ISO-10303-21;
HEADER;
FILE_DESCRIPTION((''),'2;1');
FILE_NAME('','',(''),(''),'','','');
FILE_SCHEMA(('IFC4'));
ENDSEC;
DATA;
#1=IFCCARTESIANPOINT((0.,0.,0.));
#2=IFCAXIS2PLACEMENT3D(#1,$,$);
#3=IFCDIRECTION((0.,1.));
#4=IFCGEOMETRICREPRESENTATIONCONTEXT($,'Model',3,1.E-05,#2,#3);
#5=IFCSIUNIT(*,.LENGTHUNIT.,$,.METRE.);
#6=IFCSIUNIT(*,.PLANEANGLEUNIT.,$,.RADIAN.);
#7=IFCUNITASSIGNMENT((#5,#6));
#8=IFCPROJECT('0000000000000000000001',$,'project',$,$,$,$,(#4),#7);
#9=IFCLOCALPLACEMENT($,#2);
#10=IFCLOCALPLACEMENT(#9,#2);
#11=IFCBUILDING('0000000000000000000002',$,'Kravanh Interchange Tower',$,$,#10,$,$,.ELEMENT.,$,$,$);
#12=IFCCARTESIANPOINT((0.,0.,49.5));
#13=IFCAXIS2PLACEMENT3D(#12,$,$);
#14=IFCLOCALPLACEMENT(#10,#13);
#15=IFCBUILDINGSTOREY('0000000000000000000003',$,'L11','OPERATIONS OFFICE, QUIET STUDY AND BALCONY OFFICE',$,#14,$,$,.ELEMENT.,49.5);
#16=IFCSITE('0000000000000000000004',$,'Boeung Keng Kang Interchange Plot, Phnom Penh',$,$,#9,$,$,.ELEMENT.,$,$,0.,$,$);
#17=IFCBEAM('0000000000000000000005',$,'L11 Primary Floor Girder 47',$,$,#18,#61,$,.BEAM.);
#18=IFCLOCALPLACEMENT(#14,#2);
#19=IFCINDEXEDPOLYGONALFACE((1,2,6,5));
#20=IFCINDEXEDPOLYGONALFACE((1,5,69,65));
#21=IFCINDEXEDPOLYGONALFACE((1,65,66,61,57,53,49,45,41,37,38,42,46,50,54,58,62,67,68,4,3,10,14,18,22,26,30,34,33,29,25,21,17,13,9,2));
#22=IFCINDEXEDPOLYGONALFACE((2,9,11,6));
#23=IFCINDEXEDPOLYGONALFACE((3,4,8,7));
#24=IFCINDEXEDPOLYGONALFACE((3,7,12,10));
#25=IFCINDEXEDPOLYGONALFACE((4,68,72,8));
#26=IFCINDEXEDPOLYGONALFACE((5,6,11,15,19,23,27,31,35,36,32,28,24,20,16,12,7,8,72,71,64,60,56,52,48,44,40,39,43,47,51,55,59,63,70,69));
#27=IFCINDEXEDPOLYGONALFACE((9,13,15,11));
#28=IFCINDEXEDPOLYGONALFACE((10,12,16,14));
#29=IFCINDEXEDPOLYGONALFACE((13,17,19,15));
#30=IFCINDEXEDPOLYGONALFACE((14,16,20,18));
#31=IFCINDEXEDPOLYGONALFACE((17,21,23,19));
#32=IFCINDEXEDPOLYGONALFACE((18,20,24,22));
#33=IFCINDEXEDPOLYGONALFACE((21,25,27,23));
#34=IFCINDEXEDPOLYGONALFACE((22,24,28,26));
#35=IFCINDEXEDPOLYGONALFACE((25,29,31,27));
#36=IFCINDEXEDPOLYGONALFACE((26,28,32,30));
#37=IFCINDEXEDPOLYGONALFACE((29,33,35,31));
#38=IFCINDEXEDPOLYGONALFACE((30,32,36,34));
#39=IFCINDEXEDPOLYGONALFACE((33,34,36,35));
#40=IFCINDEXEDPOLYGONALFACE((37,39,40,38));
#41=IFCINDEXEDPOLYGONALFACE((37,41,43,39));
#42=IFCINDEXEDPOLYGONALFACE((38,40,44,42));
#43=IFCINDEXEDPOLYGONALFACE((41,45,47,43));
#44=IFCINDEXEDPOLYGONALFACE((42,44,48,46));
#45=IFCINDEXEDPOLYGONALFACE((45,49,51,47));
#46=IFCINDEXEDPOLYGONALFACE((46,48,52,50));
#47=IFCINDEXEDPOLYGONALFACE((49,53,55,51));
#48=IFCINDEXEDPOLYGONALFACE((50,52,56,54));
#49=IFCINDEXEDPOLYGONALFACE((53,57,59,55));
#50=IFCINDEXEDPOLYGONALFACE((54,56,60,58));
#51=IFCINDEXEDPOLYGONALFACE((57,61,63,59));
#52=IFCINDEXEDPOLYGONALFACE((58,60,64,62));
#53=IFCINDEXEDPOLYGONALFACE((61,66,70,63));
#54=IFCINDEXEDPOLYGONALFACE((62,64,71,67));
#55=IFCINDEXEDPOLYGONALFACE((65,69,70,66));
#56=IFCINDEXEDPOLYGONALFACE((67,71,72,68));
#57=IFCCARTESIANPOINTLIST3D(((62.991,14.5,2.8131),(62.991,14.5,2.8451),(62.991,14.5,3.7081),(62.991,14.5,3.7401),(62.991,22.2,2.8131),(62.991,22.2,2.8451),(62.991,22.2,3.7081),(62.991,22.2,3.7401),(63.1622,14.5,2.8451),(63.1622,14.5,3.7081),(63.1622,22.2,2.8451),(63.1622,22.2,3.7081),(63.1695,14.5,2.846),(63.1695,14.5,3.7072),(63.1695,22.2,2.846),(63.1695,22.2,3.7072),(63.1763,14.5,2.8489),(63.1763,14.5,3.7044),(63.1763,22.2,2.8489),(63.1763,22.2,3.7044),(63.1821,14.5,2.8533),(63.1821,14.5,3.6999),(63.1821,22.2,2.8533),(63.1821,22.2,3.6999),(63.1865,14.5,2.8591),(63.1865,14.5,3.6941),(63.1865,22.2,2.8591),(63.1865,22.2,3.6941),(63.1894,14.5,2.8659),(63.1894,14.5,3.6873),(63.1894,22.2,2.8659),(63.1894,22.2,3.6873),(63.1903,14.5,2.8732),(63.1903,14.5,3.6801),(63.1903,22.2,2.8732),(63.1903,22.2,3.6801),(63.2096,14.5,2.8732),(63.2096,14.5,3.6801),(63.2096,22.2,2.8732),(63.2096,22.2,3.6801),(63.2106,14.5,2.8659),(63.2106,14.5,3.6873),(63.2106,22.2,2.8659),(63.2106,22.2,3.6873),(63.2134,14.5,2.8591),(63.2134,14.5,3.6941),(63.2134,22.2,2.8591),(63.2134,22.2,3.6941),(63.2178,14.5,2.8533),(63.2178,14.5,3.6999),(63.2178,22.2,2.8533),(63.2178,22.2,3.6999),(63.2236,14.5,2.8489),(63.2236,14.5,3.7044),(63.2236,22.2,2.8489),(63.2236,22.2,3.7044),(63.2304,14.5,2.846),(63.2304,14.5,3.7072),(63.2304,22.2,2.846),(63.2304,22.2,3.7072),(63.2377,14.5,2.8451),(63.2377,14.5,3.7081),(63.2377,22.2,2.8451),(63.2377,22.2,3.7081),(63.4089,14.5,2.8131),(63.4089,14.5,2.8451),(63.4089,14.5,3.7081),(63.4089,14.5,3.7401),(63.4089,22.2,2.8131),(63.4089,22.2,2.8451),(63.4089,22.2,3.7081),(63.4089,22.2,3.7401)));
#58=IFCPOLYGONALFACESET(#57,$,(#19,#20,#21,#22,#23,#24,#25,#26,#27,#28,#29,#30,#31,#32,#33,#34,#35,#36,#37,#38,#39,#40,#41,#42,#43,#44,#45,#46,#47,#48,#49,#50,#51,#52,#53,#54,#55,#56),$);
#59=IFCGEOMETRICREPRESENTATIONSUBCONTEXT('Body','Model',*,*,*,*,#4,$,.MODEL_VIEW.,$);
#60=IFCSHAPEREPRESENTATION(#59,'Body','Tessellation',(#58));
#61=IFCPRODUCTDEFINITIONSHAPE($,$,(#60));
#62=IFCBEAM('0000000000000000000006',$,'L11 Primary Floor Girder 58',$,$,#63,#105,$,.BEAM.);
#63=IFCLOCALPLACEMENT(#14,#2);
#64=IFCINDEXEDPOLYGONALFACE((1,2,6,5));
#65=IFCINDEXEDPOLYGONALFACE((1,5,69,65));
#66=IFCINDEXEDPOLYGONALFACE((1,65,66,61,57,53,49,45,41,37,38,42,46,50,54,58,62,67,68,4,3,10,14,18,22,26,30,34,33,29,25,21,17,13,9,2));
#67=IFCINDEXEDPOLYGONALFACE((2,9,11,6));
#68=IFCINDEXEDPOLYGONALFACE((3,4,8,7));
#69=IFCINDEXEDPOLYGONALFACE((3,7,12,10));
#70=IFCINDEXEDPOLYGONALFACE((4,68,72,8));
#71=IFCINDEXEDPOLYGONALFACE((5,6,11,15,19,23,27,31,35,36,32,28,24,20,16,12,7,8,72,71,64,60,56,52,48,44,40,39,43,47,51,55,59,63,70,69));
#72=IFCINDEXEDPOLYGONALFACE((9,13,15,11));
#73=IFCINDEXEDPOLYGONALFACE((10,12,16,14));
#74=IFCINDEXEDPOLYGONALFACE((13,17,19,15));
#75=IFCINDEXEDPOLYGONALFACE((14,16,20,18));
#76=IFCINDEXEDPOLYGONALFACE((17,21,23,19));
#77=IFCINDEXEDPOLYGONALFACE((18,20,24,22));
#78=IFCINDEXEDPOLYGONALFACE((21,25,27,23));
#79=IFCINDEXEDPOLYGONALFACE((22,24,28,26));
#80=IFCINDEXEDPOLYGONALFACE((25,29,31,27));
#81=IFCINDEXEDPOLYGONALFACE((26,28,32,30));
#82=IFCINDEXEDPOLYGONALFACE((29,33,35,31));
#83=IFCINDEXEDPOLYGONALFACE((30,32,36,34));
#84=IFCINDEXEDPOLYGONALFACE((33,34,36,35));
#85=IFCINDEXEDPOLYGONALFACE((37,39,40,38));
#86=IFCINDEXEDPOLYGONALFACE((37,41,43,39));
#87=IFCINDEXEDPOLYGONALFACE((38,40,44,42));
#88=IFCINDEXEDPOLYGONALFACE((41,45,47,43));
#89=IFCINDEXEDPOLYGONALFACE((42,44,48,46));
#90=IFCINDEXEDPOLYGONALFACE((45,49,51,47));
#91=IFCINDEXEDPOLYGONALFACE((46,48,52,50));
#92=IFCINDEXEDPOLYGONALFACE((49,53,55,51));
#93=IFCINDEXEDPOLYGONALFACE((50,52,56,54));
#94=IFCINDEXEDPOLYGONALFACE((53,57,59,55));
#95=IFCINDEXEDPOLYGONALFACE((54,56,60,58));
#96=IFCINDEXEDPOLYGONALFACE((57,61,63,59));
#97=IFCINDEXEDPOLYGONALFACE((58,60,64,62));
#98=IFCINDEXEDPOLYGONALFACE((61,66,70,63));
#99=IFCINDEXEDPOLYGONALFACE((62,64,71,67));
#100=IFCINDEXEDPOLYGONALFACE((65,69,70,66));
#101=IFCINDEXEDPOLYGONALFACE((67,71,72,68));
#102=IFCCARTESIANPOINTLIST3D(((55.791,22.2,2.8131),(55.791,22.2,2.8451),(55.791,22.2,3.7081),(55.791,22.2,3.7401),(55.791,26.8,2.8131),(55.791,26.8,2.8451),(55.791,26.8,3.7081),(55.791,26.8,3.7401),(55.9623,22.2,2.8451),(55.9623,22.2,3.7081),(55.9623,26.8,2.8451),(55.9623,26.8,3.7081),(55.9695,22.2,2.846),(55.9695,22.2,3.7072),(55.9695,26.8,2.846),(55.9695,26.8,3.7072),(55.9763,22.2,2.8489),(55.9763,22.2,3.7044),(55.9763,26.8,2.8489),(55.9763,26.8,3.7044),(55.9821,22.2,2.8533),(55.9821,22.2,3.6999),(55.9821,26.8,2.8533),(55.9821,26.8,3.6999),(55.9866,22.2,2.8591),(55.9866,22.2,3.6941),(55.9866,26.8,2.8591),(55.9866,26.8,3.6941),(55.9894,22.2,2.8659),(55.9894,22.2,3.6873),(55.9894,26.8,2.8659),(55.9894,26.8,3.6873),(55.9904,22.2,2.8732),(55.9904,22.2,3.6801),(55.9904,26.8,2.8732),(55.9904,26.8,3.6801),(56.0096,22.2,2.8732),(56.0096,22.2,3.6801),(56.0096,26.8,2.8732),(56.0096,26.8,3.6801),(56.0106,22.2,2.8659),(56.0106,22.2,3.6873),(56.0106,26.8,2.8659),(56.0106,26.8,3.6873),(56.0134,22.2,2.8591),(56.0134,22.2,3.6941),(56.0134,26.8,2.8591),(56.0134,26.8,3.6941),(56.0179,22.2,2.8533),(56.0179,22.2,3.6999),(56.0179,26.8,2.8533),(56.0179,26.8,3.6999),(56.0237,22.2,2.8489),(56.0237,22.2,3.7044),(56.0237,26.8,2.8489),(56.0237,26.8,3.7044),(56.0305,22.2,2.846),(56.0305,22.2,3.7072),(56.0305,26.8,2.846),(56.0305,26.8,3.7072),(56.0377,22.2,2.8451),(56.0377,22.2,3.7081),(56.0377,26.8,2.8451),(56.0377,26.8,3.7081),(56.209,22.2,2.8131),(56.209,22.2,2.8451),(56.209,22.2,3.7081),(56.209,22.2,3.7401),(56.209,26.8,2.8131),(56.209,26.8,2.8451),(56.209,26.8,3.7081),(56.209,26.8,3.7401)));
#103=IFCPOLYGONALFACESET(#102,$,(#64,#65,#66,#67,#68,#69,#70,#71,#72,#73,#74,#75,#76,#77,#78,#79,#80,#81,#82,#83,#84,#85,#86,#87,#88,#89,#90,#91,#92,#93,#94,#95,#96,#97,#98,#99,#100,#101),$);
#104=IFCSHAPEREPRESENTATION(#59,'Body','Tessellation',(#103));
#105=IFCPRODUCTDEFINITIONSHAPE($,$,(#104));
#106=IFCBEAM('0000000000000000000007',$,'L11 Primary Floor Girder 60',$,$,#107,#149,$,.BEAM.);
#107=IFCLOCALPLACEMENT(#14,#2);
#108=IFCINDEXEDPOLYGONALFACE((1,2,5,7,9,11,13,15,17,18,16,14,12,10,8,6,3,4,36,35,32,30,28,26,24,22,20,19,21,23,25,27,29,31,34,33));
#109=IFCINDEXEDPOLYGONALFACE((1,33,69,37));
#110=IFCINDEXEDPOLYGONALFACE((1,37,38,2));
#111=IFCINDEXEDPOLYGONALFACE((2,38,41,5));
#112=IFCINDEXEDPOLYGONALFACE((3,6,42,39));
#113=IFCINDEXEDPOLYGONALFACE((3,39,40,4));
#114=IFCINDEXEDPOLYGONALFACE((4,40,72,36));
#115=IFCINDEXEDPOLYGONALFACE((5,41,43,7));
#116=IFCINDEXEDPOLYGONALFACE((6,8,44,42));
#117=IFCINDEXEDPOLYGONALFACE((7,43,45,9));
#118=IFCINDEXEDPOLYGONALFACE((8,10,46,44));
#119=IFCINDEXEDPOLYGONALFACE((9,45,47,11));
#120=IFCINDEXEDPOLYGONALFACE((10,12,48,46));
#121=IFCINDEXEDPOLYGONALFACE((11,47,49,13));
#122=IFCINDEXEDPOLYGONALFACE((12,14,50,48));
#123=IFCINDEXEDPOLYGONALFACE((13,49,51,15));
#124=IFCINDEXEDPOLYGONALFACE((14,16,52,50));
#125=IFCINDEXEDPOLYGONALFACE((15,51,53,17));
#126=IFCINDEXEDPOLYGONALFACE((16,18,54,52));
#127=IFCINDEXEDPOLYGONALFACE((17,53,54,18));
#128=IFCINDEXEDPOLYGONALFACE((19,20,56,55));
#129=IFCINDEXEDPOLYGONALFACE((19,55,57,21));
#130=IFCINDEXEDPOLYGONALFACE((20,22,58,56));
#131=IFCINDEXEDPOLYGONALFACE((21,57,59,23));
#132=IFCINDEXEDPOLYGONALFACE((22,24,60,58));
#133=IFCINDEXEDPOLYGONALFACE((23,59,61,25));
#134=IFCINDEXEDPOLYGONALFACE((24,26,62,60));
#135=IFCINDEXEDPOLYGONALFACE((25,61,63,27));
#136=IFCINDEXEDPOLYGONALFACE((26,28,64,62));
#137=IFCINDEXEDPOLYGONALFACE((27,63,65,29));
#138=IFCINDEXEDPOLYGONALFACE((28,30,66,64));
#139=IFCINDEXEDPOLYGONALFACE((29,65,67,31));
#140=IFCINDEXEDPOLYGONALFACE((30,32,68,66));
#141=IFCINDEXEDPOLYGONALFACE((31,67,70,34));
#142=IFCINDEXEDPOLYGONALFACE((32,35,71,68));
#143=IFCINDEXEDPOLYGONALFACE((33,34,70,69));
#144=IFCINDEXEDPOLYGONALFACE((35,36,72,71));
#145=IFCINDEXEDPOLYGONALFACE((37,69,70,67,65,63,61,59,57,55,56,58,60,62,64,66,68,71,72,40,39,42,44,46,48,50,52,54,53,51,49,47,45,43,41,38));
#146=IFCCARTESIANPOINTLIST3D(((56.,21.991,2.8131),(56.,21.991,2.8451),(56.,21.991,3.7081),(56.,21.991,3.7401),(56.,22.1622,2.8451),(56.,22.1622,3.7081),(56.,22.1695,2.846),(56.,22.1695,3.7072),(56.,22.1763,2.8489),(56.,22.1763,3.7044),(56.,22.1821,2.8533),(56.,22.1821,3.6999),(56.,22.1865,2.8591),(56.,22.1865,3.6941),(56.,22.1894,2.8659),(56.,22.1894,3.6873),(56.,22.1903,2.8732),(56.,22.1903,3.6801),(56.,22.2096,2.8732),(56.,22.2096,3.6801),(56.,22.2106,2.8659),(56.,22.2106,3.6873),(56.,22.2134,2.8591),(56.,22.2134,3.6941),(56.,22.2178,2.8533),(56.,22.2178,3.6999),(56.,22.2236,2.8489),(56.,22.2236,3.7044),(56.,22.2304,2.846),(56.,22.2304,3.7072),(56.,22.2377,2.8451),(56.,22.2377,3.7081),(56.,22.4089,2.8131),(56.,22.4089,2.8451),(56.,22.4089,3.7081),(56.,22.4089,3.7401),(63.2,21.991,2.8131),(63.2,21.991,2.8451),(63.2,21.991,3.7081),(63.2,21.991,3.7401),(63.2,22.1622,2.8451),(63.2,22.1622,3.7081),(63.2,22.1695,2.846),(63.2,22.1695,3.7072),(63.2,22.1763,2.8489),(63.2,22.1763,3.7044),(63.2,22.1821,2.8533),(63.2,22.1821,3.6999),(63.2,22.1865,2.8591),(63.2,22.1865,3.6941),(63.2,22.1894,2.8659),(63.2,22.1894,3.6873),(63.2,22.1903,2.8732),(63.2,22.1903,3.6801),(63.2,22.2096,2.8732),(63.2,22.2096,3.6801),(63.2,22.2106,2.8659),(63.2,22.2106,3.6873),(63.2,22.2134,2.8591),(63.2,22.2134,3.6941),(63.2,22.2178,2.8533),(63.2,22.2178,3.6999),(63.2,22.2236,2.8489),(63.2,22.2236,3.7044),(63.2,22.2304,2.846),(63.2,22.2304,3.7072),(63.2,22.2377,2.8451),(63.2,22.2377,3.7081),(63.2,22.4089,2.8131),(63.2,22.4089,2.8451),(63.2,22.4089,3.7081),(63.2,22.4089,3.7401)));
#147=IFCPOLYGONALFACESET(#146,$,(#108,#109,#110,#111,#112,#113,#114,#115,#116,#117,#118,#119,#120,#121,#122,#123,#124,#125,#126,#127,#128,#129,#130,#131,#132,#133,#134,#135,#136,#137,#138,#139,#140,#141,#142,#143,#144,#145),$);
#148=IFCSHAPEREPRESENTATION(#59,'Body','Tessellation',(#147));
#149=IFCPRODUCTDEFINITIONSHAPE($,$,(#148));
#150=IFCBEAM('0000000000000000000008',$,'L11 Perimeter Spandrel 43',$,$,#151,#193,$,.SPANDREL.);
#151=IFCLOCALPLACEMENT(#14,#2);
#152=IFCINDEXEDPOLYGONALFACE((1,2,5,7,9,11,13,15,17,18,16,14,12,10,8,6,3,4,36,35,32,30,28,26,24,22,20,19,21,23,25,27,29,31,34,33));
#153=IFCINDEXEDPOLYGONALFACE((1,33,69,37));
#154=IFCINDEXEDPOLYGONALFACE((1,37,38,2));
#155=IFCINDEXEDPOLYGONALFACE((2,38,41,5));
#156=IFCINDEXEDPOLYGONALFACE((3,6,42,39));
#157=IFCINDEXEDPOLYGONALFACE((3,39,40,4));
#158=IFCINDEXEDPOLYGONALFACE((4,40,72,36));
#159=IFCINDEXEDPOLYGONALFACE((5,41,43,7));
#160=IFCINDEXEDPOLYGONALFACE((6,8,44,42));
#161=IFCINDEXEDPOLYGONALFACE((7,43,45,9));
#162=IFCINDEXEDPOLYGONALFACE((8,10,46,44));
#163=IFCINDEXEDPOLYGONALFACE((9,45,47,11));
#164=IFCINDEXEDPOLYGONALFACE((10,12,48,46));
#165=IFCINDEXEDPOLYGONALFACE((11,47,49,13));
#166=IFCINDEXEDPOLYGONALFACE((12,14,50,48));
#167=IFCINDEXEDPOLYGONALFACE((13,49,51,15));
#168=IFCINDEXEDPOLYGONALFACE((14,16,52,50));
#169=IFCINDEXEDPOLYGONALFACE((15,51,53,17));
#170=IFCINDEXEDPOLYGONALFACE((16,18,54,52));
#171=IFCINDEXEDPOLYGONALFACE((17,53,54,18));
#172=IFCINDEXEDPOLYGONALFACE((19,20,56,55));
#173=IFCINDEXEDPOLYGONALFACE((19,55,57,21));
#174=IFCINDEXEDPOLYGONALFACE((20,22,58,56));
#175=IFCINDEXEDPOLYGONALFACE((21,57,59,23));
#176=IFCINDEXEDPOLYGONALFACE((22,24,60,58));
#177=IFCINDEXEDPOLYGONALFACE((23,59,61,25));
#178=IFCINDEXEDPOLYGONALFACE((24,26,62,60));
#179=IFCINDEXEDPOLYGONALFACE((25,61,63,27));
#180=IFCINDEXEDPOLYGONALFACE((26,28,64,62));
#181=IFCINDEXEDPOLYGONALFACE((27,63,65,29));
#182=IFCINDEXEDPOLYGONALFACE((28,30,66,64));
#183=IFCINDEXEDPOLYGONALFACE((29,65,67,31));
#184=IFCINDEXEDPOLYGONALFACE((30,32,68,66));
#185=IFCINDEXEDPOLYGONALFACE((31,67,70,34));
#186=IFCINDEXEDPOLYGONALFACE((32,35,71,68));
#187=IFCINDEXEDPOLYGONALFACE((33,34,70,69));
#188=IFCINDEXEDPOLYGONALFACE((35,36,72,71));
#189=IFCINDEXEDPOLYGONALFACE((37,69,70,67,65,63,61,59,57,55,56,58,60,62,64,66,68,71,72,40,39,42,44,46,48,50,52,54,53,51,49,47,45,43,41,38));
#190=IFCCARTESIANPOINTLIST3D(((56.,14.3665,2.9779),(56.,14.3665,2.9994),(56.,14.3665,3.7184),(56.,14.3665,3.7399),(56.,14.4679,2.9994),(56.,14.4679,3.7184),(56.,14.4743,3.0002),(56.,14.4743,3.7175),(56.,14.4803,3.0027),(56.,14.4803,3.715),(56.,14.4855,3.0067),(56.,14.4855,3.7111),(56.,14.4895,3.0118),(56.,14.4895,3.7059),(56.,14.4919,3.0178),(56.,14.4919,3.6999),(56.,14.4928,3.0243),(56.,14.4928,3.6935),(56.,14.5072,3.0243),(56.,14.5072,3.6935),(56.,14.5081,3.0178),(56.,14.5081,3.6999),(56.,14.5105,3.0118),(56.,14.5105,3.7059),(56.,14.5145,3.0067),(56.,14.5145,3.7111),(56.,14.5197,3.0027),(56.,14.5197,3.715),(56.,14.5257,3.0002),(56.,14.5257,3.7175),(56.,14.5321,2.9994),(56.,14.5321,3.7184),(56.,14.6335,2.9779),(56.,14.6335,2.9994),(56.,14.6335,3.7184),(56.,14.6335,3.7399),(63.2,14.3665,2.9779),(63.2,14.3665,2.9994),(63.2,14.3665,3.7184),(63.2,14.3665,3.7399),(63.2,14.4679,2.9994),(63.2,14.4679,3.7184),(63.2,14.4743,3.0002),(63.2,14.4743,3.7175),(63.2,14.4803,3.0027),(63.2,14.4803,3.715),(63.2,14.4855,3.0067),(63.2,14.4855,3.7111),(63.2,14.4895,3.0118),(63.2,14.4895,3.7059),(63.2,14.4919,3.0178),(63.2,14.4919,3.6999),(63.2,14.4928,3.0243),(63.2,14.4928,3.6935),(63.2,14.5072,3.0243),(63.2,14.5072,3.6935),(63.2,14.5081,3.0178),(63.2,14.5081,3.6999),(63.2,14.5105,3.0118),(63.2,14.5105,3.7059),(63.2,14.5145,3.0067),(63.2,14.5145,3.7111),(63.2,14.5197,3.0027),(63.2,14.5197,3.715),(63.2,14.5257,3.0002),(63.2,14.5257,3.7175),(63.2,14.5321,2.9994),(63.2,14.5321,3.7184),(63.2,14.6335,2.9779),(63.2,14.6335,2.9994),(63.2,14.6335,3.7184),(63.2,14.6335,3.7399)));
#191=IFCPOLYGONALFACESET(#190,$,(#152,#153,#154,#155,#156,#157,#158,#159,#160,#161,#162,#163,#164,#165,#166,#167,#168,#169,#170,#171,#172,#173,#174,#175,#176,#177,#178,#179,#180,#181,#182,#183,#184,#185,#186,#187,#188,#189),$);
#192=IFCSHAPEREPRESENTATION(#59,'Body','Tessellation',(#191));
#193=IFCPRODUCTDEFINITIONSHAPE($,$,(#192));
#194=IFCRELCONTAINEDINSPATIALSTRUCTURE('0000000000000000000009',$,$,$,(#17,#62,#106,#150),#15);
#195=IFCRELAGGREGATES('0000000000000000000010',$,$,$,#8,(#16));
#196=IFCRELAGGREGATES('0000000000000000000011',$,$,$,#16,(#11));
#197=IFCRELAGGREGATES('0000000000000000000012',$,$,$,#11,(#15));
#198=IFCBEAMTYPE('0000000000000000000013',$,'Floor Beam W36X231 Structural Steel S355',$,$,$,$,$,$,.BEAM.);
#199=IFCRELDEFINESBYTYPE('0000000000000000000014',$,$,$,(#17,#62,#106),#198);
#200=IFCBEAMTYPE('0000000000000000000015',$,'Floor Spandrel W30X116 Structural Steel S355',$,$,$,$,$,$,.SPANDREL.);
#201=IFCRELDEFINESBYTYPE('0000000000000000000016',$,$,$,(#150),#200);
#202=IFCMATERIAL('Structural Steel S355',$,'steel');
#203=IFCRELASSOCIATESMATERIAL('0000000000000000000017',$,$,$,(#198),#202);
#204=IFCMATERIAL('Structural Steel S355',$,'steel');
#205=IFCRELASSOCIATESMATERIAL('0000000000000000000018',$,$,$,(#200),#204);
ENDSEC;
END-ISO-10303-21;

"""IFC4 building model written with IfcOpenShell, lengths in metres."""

from ifc_helpers import new_model, si_unit, direction, frame, origin, origin_2d, place, context, subcontext, project, spatial, i_section, extrude, material, material_profile, profile_set, type_object, element, save


model = new_model("IFC4")

# Units and contexts
model_context = context("Model", 3, precision=1e-05, world=origin(), true_north=direction((0.0, 1.0)))
body_context = subcontext(model_context, "Body", "Model", "MODEL_VIEW")
ifc_project = project(units=[si_unit("LENGTHUNIT", "METRE"), si_unit("PLANEANGLEUNIT", "RADIAN")], contexts=[model_context])

# Site, building, storey
site_placement = place(None, origin())
site = spatial("IfcSite", under=ifc_project, at=site_placement, Name="Boeung Keng Kang Interchange Plot, Phnom Penh", CompositionType="ELEMENT", RefElevation=0.0)
building_placement = place(site_placement, origin())
building = spatial("IfcBuilding", under=site, at=building_placement, Name="Kravanh Interchange Tower", CompositionType="ELEMENT")
storey_placement = place(building_placement, frame((0.0, 0.0, 49.5)))
storey = spatial("IfcBuildingStorey", under=building, at=storey_placement, Name="L11", Description="OPERATIONS OFFICE, QUIET STUDY AND BALCONY OFFICE", CompositionType="ELEMENT", Elevation=49.5)

# Beams
ifc_material_1 = material(Name="Structural Steel S355", Category="steel")
ifc_material_profile_1 = material_profile(ifc_material_1, i_section(OverallWidth=0.418, OverallDepth=0.927, WebThickness=0.0193, FlangeThickness=0.032, FilletRadius=0.0281, at=origin_2d()), Name="W36X231")
ifc_profile_set_1 = profile_set([ifc_material_profile_1], Name="Structural Steel S355")
beam_type_1 = type_object("IfcBeamType", Name="Floor Beam W36X231 Structural Steel S355", PredefinedType="BEAM", material=ifc_profile_set_1)
for number, where, z_axis, x_axis, name in (
    (1, (63.2, 14.5, 3.2766), (0.0, 1.0, 0.0), (-1.0, 0.0, 0.0), "L11 Primary Floor Girder 47"),
):
    element("IfcBeam", number, at=place(storey_placement, frame(where, z_axis=z_axis, x_axis=x_axis)), inside=storey, type_object=beam_type_1, Name=name, PredefinedType="BEAM", context=body_context, shape_type="SweptSolid", body=[
        extrude(i_section(OverallWidth=0.418, OverallDepth=0.927, WebThickness=0.0193, FlangeThickness=0.032, FilletRadius=0.0281, at=origin_2d()), origin(), (0.0, 0.0, 1.0), 7.7),
    ])
beam_1_placement = place(storey_placement, frame((56.0, 22.2, 3.2766), z_axis=(0.0, 1.0, 0.0), x_axis=(-1.0, 0.0, 0.0)))
element("IfcBeam", 2, at=beam_1_placement, inside=storey, type_object=beam_type_1, Name="L11 Primary Floor Girder 58", PredefinedType="BEAM", context=body_context, shape_type="SweptSolid", body=[
    extrude(i_section(OverallWidth=0.418, OverallDepth=0.927, WebThickness=0.0193, FlangeThickness=0.032, FilletRadius=0.0281, at=origin_2d()), origin(), (0.0, 0.0, 1.0), 4.6001),
])
beam_2_placement = place(storey_placement, frame((56.0, 22.2, 3.2766), z_axis=(1.0, 0.0, 0.0), x_axis=(0.0, 1.0, 0.0)))
element("IfcBeam", 3, at=beam_2_placement, inside=storey, type_object=beam_type_1, Name="L11 Primary Floor Girder 60", PredefinedType="BEAM", context=body_context, shape_type="SweptSolid", body=[
    extrude(i_section(OverallWidth=0.418, OverallDepth=0.927, WebThickness=0.0193, FlangeThickness=0.032, FilletRadius=0.0281, at=origin_2d()), origin(), (0.0, 0.0, 1.0), 7.2),
])
ifc_material_2 = material(Name="Structural Steel S355", Category="steel")
ifc_material_profile_2 = material_profile(ifc_material_2, i_section(OverallWidth=0.2671, OverallDepth=0.762, WebThickness=0.0144, FlangeThickness=0.0215, FilletRadius=0.0249, at=origin_2d()), Name="W30X116")
ifc_profile_set_2 = profile_set([ifc_material_profile_2], Name="Structural Steel S355")
beam_type_2 = type_object("IfcBeamType", Name="Floor Spandrel W30X116 Structural Steel S355", PredefinedType="SPANDREL", material=ifc_profile_set_2)
beam_3_placement = place(storey_placement, frame((56.0, 14.5, 3.3589), z_axis=(1.0, 0.0, 0.0), x_axis=(0.0, 1.0, 0.0)))
element("IfcBeam", 4, at=beam_3_placement, inside=storey, type_object=beam_type_2, Name="L11 Perimeter Spandrel 43", PredefinedType="SPANDREL", context=body_context, shape_type="SweptSolid", body=[
    extrude(i_section(OverallWidth=0.2671, OverallDepth=0.762, WebThickness=0.0144, FlangeThickness=0.0215, FilletRadius=0.0249, at=origin_2d()), origin(), (0.0, 0.0, 1.0), 7.2),
])

save(model, "model.ifc")
